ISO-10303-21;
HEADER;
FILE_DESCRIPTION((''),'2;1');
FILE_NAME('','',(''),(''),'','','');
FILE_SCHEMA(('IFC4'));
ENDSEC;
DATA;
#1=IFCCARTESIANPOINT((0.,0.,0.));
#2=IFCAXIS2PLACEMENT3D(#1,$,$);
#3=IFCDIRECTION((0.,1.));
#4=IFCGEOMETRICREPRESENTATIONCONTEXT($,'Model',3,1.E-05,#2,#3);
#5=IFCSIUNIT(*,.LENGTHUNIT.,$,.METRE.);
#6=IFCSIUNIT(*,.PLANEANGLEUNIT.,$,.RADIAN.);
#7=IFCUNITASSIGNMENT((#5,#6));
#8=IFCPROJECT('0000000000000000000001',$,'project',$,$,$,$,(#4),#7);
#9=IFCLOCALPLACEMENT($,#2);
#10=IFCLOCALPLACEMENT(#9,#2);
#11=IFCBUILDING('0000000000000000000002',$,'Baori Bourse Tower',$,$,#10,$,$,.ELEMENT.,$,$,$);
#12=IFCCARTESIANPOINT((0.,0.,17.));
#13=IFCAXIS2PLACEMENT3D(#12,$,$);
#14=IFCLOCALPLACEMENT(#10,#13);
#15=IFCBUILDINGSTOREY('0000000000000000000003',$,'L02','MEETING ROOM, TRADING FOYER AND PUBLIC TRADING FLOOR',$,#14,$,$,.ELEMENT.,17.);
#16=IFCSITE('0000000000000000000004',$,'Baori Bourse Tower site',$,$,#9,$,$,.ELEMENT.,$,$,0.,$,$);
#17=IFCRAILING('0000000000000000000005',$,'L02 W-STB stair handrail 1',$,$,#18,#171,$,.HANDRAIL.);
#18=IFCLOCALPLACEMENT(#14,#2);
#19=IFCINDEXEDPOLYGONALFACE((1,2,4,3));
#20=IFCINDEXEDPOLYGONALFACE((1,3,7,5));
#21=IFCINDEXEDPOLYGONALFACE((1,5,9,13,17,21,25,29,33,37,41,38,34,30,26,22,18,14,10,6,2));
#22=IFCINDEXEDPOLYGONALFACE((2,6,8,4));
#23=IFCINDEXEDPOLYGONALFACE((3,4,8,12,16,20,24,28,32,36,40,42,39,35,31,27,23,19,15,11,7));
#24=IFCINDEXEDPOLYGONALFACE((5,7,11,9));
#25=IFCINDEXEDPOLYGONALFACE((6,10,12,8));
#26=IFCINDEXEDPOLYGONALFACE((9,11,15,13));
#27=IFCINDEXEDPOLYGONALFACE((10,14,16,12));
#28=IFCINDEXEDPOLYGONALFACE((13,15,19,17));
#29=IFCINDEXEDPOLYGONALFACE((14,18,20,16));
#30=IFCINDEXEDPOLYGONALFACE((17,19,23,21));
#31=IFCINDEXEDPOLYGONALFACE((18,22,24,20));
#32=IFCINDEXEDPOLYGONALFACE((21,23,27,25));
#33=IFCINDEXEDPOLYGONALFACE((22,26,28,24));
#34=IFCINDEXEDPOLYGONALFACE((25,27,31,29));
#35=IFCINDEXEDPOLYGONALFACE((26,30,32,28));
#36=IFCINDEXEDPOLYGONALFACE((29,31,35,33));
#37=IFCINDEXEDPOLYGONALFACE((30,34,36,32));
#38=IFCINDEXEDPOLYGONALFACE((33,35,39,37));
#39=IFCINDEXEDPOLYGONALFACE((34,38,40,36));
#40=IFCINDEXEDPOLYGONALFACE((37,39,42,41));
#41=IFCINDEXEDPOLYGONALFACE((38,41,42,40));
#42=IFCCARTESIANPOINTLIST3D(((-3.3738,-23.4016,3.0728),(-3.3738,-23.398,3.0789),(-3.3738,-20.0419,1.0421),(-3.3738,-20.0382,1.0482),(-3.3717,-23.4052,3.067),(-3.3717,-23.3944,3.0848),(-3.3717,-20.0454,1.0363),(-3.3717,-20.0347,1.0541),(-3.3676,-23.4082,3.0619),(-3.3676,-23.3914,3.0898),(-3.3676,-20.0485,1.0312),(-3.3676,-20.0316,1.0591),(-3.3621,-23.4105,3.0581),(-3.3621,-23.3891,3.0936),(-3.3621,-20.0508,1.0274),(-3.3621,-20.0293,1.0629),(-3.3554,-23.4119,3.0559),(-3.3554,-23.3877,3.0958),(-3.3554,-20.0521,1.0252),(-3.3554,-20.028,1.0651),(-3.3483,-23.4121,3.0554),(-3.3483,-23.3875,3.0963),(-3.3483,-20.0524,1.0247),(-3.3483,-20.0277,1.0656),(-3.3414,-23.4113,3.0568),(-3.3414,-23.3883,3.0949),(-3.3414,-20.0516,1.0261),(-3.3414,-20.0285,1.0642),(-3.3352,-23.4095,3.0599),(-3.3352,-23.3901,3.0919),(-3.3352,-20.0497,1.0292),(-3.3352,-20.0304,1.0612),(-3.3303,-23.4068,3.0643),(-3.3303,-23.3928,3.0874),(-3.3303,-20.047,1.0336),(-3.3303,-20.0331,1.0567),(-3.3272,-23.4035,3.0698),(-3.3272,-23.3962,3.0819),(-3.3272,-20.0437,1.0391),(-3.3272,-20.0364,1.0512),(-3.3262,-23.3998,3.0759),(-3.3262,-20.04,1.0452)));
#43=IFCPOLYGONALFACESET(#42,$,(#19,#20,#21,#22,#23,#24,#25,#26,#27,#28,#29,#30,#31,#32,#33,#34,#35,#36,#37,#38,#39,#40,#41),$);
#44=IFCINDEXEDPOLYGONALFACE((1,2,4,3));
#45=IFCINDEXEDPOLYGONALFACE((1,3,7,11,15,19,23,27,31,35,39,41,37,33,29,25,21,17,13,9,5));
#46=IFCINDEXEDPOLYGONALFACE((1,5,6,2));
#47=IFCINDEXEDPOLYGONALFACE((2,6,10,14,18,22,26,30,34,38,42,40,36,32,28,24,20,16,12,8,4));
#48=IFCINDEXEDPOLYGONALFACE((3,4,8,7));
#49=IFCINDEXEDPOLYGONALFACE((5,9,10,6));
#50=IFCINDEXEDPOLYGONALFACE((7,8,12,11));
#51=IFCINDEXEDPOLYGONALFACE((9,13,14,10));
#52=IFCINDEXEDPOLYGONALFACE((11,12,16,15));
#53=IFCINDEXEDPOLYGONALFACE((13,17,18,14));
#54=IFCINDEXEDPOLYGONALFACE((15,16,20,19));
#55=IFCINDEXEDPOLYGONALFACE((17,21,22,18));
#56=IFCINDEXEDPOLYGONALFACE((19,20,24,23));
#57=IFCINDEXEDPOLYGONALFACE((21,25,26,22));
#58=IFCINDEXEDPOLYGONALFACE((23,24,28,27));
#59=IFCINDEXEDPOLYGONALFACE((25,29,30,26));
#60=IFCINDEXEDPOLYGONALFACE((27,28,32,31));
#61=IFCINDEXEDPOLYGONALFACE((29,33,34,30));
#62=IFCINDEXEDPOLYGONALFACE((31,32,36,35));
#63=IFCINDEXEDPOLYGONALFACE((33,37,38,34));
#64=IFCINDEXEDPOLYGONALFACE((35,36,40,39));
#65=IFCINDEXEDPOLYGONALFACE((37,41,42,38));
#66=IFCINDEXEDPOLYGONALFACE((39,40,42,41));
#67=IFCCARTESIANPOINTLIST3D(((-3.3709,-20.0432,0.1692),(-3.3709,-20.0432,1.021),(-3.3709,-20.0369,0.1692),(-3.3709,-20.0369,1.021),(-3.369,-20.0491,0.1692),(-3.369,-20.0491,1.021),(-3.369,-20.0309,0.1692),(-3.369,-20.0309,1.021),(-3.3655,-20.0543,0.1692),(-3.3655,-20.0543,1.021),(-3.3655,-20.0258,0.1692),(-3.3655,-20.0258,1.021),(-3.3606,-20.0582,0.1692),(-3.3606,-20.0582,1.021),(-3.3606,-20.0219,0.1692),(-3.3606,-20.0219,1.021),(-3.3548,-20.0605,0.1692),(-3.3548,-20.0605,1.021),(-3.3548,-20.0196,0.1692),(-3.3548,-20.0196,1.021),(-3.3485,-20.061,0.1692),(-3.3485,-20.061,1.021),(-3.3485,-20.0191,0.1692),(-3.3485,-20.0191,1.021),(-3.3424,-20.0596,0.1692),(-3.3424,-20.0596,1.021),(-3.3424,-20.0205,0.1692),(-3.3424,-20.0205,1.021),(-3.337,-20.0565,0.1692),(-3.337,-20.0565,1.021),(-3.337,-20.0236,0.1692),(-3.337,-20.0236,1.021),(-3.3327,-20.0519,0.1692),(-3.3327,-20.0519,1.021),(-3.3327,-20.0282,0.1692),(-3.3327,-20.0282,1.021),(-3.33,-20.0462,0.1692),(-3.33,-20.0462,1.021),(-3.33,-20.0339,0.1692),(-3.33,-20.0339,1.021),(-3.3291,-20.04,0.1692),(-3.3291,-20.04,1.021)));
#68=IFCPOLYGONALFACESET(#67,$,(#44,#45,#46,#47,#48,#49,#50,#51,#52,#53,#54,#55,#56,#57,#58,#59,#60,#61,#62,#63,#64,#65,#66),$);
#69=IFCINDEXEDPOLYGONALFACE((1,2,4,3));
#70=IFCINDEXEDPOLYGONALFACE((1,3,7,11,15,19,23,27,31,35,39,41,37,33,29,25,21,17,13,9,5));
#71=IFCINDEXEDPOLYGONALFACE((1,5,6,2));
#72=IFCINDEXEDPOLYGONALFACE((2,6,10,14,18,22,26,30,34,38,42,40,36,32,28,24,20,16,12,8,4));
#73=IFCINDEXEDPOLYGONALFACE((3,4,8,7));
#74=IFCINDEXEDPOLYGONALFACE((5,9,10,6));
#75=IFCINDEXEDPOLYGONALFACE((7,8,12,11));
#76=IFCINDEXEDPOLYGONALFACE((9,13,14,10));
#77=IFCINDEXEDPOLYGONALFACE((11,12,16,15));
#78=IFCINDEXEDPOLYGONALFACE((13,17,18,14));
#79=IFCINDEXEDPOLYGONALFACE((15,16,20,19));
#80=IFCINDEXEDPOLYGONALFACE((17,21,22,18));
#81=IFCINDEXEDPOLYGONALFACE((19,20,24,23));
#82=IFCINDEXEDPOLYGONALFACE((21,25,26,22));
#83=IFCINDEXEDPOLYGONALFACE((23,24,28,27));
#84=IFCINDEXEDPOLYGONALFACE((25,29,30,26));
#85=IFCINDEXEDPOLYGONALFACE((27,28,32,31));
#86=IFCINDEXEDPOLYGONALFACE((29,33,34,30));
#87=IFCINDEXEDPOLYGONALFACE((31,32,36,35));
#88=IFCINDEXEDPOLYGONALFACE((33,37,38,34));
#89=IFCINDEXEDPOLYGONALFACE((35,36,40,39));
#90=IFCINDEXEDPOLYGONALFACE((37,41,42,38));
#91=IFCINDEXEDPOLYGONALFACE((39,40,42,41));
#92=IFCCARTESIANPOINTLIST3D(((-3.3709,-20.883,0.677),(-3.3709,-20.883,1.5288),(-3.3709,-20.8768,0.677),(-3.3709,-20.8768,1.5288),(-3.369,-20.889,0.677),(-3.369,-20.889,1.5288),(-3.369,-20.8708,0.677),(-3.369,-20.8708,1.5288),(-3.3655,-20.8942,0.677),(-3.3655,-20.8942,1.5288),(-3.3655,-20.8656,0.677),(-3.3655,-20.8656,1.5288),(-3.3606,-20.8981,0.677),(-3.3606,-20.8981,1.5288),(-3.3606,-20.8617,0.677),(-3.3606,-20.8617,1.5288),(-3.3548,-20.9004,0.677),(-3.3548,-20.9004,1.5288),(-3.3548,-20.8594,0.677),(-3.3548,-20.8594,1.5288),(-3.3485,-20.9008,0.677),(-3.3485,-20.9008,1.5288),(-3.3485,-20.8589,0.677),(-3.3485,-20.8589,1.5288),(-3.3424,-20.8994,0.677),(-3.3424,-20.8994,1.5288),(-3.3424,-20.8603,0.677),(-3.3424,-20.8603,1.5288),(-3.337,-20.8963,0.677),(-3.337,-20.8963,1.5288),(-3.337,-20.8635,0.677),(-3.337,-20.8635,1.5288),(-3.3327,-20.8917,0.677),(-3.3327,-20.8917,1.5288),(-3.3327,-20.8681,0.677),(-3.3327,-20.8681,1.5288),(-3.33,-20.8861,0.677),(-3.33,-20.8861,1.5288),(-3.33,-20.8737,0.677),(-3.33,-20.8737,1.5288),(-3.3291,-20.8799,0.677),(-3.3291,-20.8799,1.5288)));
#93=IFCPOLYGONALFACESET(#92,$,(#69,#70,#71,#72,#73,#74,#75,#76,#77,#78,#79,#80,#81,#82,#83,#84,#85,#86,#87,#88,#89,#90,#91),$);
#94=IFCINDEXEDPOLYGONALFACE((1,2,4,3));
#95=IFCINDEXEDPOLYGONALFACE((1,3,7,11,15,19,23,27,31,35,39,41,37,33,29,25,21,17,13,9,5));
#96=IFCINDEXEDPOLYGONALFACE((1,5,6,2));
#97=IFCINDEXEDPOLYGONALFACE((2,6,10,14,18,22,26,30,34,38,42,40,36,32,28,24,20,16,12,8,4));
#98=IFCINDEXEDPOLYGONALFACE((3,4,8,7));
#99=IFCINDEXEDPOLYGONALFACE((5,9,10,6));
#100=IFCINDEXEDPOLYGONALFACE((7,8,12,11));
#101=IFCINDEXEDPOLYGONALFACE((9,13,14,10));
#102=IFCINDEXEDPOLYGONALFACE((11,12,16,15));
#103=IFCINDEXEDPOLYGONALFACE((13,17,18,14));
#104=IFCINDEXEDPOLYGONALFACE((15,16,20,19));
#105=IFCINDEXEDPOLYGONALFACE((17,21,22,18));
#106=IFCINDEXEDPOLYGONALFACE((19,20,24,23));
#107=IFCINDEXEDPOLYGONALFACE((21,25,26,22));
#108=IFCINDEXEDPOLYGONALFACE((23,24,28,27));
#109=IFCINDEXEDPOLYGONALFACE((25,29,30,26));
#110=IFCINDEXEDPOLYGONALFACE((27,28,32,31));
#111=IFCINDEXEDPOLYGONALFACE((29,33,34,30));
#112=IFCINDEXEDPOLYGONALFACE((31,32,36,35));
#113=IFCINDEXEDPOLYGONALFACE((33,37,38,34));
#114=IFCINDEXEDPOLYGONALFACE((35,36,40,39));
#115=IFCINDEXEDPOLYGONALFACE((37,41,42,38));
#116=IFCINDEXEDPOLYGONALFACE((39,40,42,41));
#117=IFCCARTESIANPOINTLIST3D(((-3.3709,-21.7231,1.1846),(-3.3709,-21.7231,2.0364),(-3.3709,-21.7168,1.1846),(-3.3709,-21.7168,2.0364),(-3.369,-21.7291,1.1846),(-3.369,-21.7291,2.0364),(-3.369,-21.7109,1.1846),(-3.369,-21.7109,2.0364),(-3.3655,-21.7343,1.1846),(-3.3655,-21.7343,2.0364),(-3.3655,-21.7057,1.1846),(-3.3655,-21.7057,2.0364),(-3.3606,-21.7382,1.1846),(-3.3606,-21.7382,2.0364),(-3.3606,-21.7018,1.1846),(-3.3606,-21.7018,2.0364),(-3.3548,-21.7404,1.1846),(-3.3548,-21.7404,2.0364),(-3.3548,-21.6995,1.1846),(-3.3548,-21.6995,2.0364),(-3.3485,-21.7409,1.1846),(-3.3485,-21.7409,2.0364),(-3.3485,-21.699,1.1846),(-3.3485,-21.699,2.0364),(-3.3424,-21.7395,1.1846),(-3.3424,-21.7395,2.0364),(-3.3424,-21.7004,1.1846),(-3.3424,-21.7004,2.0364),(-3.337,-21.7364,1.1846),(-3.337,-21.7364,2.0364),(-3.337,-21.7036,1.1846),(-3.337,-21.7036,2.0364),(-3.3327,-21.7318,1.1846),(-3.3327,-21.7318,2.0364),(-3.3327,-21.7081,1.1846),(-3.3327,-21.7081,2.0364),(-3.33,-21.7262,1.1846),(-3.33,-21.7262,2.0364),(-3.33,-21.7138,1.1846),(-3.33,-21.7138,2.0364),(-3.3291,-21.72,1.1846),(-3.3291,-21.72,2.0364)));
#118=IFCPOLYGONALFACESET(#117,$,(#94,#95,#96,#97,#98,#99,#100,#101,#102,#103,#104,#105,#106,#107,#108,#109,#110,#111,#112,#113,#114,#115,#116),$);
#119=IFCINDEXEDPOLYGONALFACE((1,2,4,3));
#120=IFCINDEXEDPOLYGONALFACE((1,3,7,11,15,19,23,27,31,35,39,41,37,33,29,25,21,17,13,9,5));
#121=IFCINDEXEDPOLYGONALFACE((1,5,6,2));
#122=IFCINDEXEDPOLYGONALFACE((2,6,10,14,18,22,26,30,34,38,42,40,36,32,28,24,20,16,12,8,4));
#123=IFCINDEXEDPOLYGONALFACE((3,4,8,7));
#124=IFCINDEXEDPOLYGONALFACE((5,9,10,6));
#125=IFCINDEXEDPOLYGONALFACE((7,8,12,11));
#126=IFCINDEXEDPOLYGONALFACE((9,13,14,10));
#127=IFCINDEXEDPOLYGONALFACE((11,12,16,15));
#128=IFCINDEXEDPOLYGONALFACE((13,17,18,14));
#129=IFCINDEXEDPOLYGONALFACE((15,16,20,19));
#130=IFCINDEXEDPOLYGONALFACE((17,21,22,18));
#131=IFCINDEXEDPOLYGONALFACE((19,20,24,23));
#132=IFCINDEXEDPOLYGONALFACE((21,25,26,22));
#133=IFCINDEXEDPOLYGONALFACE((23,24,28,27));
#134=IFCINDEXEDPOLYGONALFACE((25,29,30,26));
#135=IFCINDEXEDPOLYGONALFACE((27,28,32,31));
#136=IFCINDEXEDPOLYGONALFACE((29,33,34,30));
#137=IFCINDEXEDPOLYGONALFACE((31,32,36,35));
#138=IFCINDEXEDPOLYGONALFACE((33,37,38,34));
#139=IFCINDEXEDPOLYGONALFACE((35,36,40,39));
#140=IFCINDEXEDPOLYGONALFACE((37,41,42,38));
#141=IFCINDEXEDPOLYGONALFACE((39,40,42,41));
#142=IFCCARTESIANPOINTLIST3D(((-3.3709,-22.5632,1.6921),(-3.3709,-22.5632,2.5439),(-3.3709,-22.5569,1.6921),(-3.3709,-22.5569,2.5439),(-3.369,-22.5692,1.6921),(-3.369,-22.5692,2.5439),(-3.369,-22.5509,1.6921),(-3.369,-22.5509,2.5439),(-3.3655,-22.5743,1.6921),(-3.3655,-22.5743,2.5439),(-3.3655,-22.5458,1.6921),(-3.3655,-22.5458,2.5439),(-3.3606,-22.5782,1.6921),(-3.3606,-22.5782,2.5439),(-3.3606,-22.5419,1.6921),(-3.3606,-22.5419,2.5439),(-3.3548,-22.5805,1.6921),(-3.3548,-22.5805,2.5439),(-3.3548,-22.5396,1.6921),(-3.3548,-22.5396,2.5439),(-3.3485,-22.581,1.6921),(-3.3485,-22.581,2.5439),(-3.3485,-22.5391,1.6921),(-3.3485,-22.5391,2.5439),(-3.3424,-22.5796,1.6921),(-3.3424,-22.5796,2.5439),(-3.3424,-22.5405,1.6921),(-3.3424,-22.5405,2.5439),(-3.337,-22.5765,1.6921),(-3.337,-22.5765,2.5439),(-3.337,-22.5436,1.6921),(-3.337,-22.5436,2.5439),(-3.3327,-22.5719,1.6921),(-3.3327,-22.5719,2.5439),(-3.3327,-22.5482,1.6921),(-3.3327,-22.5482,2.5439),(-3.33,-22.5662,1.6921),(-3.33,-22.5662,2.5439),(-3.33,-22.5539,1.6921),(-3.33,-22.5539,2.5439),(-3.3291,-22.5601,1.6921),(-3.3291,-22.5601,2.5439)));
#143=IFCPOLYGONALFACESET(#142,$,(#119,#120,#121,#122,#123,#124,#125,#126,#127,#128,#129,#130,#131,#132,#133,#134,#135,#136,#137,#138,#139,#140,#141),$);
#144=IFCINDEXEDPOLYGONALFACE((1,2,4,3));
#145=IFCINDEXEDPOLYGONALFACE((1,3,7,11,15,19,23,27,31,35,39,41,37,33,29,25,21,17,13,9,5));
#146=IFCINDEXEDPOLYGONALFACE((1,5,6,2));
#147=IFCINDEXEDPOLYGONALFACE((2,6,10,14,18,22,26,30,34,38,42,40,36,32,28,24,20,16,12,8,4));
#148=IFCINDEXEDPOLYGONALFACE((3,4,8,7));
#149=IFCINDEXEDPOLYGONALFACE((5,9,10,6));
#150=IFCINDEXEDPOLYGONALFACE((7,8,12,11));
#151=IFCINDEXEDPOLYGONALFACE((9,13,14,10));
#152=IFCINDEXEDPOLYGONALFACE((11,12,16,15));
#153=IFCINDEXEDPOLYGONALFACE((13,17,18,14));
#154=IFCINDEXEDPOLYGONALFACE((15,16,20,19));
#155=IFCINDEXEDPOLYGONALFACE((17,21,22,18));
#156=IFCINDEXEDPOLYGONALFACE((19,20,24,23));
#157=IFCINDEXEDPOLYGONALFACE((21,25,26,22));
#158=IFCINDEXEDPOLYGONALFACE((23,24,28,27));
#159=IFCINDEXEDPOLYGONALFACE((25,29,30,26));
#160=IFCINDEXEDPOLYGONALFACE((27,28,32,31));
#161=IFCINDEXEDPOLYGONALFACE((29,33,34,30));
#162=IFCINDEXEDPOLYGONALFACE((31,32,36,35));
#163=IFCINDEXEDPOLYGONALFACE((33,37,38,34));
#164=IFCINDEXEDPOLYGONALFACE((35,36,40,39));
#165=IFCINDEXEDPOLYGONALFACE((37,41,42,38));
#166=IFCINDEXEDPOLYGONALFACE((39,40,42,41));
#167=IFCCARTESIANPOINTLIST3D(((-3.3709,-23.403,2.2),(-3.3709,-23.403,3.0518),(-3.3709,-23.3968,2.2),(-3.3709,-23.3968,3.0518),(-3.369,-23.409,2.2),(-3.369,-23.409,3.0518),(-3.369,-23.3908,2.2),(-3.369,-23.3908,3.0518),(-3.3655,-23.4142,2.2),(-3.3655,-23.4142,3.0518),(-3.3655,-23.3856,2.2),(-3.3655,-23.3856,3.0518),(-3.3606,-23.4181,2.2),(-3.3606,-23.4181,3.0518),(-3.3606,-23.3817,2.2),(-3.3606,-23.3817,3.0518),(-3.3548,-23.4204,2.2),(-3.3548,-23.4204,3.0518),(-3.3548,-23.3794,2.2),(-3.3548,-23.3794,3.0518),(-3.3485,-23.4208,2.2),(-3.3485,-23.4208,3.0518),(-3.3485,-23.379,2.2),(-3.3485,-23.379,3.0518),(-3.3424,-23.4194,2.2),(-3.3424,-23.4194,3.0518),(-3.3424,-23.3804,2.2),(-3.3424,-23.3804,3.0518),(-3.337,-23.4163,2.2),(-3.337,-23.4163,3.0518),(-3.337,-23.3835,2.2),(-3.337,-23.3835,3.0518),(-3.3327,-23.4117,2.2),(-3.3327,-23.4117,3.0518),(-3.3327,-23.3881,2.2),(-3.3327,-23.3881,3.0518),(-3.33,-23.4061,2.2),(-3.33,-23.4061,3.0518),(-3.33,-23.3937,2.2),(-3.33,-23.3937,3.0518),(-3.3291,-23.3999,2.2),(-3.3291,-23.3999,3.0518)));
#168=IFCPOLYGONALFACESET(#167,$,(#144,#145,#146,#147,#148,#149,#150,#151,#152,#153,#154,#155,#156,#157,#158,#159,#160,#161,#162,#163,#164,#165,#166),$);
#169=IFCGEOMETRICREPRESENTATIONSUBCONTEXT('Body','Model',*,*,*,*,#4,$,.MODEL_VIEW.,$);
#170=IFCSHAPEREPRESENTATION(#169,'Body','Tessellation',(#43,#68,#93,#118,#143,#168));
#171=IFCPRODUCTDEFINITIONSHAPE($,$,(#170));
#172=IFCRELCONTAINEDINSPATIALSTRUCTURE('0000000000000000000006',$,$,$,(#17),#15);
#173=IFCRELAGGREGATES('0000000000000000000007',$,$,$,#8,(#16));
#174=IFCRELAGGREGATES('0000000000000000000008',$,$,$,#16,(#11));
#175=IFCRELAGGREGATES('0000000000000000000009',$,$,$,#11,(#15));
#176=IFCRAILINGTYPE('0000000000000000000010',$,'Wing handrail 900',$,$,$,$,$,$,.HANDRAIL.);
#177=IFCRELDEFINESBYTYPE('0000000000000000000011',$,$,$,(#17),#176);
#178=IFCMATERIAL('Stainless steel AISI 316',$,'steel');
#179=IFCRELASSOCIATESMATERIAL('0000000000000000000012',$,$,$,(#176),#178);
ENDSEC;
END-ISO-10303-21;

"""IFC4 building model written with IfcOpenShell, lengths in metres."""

from ifc_helpers import new_model, si_unit, direction, frame, origin, origin_2d, place, context, subcontext, project, spatial, circle, extrude, material, type_object, element, save


model = new_model("IFC4")

# Units and contexts
model_context = context("Model", 3, precision=1e-05, world=origin(), true_north=direction((0.0, 1.0)))
body_context = subcontext(model_context, "Body", "Model", "MODEL_VIEW")
ifc_project = project(units=[si_unit("LENGTHUNIT", "METRE"), si_unit("PLANEANGLEUNIT", "RADIAN")], contexts=[model_context])

# Site, building, storey
site_placement = place(None, origin())
site = spatial("IfcSite", under=ifc_project, at=site_placement, Name="Baori Bourse Tower site", CompositionType="ELEMENT", RefElevation=0.0)
building_placement = place(site_placement, origin())
building = spatial("IfcBuilding", under=site, at=building_placement, Name="Baori Bourse Tower", CompositionType="ELEMENT")
storey_placement = place(building_placement, frame((0.0, 0.0, 17.0)))
storey = spatial("IfcBuildingStorey", under=building, at=storey_placement, Name="L02", Description="MEETING ROOM, TRADING FOYER AND PUBLIC TRADING FLOOR", CompositionType="ELEMENT", Elevation=17.0)

# Railing
ifc_material_1 = material(Name="Stainless steel AISI 316", Category="steel")
railing_type_1 = type_object("IfcRailingType", Name="Wing handrail 900", PredefinedType="HANDRAIL", material=ifc_material_1)
railing_1_placement = place(storey_placement, frame((-3.3501, -20.04, 0.1692)))
element("IfcRailing", 1, at=railing_1_placement, inside=storey, type_object=railing_type_1, Name="L02 W-STB stair handrail 1", PredefinedType="HANDRAIL", context=body_context, shape_type="SweptSolid", body=[
    extrude(circle(Radius=0.0239, at=origin_2d()), frame((0.0, 0.0, 0.876), z_axis=(0.0, -0.85582, 0.517273), x_axis=(1.0, 0.0, 0.0)), (0.0, 0.0, 1.0), 3.9258),
    extrude(circle(Radius=0.021, at=origin_2d()), origin(), (0.0, 0.0, 1.0), 0.8518),
    extrude(circle(Radius=0.021, at=origin_2d()), frame((0.0, -0.8398, 0.5078)), (0.0, 0.0, 1.0), 0.8518),
    extrude(circle(Radius=0.021, at=origin_2d()), frame((0.0, -1.6799, 1.0154)), (0.0, 0.0, 1.0), 0.8518),
    extrude(circle(Radius=0.021, at=origin_2d()), frame((0.0, -2.52, 1.5229)), (0.0, 0.0, 1.0), 0.8518),
    extrude(circle(Radius=0.021, at=origin_2d()), frame((0.0, -3.3599, 2.0308)), (0.0, 0.0, 1.0), 0.8518),
])

save(model, "model.ifc")
